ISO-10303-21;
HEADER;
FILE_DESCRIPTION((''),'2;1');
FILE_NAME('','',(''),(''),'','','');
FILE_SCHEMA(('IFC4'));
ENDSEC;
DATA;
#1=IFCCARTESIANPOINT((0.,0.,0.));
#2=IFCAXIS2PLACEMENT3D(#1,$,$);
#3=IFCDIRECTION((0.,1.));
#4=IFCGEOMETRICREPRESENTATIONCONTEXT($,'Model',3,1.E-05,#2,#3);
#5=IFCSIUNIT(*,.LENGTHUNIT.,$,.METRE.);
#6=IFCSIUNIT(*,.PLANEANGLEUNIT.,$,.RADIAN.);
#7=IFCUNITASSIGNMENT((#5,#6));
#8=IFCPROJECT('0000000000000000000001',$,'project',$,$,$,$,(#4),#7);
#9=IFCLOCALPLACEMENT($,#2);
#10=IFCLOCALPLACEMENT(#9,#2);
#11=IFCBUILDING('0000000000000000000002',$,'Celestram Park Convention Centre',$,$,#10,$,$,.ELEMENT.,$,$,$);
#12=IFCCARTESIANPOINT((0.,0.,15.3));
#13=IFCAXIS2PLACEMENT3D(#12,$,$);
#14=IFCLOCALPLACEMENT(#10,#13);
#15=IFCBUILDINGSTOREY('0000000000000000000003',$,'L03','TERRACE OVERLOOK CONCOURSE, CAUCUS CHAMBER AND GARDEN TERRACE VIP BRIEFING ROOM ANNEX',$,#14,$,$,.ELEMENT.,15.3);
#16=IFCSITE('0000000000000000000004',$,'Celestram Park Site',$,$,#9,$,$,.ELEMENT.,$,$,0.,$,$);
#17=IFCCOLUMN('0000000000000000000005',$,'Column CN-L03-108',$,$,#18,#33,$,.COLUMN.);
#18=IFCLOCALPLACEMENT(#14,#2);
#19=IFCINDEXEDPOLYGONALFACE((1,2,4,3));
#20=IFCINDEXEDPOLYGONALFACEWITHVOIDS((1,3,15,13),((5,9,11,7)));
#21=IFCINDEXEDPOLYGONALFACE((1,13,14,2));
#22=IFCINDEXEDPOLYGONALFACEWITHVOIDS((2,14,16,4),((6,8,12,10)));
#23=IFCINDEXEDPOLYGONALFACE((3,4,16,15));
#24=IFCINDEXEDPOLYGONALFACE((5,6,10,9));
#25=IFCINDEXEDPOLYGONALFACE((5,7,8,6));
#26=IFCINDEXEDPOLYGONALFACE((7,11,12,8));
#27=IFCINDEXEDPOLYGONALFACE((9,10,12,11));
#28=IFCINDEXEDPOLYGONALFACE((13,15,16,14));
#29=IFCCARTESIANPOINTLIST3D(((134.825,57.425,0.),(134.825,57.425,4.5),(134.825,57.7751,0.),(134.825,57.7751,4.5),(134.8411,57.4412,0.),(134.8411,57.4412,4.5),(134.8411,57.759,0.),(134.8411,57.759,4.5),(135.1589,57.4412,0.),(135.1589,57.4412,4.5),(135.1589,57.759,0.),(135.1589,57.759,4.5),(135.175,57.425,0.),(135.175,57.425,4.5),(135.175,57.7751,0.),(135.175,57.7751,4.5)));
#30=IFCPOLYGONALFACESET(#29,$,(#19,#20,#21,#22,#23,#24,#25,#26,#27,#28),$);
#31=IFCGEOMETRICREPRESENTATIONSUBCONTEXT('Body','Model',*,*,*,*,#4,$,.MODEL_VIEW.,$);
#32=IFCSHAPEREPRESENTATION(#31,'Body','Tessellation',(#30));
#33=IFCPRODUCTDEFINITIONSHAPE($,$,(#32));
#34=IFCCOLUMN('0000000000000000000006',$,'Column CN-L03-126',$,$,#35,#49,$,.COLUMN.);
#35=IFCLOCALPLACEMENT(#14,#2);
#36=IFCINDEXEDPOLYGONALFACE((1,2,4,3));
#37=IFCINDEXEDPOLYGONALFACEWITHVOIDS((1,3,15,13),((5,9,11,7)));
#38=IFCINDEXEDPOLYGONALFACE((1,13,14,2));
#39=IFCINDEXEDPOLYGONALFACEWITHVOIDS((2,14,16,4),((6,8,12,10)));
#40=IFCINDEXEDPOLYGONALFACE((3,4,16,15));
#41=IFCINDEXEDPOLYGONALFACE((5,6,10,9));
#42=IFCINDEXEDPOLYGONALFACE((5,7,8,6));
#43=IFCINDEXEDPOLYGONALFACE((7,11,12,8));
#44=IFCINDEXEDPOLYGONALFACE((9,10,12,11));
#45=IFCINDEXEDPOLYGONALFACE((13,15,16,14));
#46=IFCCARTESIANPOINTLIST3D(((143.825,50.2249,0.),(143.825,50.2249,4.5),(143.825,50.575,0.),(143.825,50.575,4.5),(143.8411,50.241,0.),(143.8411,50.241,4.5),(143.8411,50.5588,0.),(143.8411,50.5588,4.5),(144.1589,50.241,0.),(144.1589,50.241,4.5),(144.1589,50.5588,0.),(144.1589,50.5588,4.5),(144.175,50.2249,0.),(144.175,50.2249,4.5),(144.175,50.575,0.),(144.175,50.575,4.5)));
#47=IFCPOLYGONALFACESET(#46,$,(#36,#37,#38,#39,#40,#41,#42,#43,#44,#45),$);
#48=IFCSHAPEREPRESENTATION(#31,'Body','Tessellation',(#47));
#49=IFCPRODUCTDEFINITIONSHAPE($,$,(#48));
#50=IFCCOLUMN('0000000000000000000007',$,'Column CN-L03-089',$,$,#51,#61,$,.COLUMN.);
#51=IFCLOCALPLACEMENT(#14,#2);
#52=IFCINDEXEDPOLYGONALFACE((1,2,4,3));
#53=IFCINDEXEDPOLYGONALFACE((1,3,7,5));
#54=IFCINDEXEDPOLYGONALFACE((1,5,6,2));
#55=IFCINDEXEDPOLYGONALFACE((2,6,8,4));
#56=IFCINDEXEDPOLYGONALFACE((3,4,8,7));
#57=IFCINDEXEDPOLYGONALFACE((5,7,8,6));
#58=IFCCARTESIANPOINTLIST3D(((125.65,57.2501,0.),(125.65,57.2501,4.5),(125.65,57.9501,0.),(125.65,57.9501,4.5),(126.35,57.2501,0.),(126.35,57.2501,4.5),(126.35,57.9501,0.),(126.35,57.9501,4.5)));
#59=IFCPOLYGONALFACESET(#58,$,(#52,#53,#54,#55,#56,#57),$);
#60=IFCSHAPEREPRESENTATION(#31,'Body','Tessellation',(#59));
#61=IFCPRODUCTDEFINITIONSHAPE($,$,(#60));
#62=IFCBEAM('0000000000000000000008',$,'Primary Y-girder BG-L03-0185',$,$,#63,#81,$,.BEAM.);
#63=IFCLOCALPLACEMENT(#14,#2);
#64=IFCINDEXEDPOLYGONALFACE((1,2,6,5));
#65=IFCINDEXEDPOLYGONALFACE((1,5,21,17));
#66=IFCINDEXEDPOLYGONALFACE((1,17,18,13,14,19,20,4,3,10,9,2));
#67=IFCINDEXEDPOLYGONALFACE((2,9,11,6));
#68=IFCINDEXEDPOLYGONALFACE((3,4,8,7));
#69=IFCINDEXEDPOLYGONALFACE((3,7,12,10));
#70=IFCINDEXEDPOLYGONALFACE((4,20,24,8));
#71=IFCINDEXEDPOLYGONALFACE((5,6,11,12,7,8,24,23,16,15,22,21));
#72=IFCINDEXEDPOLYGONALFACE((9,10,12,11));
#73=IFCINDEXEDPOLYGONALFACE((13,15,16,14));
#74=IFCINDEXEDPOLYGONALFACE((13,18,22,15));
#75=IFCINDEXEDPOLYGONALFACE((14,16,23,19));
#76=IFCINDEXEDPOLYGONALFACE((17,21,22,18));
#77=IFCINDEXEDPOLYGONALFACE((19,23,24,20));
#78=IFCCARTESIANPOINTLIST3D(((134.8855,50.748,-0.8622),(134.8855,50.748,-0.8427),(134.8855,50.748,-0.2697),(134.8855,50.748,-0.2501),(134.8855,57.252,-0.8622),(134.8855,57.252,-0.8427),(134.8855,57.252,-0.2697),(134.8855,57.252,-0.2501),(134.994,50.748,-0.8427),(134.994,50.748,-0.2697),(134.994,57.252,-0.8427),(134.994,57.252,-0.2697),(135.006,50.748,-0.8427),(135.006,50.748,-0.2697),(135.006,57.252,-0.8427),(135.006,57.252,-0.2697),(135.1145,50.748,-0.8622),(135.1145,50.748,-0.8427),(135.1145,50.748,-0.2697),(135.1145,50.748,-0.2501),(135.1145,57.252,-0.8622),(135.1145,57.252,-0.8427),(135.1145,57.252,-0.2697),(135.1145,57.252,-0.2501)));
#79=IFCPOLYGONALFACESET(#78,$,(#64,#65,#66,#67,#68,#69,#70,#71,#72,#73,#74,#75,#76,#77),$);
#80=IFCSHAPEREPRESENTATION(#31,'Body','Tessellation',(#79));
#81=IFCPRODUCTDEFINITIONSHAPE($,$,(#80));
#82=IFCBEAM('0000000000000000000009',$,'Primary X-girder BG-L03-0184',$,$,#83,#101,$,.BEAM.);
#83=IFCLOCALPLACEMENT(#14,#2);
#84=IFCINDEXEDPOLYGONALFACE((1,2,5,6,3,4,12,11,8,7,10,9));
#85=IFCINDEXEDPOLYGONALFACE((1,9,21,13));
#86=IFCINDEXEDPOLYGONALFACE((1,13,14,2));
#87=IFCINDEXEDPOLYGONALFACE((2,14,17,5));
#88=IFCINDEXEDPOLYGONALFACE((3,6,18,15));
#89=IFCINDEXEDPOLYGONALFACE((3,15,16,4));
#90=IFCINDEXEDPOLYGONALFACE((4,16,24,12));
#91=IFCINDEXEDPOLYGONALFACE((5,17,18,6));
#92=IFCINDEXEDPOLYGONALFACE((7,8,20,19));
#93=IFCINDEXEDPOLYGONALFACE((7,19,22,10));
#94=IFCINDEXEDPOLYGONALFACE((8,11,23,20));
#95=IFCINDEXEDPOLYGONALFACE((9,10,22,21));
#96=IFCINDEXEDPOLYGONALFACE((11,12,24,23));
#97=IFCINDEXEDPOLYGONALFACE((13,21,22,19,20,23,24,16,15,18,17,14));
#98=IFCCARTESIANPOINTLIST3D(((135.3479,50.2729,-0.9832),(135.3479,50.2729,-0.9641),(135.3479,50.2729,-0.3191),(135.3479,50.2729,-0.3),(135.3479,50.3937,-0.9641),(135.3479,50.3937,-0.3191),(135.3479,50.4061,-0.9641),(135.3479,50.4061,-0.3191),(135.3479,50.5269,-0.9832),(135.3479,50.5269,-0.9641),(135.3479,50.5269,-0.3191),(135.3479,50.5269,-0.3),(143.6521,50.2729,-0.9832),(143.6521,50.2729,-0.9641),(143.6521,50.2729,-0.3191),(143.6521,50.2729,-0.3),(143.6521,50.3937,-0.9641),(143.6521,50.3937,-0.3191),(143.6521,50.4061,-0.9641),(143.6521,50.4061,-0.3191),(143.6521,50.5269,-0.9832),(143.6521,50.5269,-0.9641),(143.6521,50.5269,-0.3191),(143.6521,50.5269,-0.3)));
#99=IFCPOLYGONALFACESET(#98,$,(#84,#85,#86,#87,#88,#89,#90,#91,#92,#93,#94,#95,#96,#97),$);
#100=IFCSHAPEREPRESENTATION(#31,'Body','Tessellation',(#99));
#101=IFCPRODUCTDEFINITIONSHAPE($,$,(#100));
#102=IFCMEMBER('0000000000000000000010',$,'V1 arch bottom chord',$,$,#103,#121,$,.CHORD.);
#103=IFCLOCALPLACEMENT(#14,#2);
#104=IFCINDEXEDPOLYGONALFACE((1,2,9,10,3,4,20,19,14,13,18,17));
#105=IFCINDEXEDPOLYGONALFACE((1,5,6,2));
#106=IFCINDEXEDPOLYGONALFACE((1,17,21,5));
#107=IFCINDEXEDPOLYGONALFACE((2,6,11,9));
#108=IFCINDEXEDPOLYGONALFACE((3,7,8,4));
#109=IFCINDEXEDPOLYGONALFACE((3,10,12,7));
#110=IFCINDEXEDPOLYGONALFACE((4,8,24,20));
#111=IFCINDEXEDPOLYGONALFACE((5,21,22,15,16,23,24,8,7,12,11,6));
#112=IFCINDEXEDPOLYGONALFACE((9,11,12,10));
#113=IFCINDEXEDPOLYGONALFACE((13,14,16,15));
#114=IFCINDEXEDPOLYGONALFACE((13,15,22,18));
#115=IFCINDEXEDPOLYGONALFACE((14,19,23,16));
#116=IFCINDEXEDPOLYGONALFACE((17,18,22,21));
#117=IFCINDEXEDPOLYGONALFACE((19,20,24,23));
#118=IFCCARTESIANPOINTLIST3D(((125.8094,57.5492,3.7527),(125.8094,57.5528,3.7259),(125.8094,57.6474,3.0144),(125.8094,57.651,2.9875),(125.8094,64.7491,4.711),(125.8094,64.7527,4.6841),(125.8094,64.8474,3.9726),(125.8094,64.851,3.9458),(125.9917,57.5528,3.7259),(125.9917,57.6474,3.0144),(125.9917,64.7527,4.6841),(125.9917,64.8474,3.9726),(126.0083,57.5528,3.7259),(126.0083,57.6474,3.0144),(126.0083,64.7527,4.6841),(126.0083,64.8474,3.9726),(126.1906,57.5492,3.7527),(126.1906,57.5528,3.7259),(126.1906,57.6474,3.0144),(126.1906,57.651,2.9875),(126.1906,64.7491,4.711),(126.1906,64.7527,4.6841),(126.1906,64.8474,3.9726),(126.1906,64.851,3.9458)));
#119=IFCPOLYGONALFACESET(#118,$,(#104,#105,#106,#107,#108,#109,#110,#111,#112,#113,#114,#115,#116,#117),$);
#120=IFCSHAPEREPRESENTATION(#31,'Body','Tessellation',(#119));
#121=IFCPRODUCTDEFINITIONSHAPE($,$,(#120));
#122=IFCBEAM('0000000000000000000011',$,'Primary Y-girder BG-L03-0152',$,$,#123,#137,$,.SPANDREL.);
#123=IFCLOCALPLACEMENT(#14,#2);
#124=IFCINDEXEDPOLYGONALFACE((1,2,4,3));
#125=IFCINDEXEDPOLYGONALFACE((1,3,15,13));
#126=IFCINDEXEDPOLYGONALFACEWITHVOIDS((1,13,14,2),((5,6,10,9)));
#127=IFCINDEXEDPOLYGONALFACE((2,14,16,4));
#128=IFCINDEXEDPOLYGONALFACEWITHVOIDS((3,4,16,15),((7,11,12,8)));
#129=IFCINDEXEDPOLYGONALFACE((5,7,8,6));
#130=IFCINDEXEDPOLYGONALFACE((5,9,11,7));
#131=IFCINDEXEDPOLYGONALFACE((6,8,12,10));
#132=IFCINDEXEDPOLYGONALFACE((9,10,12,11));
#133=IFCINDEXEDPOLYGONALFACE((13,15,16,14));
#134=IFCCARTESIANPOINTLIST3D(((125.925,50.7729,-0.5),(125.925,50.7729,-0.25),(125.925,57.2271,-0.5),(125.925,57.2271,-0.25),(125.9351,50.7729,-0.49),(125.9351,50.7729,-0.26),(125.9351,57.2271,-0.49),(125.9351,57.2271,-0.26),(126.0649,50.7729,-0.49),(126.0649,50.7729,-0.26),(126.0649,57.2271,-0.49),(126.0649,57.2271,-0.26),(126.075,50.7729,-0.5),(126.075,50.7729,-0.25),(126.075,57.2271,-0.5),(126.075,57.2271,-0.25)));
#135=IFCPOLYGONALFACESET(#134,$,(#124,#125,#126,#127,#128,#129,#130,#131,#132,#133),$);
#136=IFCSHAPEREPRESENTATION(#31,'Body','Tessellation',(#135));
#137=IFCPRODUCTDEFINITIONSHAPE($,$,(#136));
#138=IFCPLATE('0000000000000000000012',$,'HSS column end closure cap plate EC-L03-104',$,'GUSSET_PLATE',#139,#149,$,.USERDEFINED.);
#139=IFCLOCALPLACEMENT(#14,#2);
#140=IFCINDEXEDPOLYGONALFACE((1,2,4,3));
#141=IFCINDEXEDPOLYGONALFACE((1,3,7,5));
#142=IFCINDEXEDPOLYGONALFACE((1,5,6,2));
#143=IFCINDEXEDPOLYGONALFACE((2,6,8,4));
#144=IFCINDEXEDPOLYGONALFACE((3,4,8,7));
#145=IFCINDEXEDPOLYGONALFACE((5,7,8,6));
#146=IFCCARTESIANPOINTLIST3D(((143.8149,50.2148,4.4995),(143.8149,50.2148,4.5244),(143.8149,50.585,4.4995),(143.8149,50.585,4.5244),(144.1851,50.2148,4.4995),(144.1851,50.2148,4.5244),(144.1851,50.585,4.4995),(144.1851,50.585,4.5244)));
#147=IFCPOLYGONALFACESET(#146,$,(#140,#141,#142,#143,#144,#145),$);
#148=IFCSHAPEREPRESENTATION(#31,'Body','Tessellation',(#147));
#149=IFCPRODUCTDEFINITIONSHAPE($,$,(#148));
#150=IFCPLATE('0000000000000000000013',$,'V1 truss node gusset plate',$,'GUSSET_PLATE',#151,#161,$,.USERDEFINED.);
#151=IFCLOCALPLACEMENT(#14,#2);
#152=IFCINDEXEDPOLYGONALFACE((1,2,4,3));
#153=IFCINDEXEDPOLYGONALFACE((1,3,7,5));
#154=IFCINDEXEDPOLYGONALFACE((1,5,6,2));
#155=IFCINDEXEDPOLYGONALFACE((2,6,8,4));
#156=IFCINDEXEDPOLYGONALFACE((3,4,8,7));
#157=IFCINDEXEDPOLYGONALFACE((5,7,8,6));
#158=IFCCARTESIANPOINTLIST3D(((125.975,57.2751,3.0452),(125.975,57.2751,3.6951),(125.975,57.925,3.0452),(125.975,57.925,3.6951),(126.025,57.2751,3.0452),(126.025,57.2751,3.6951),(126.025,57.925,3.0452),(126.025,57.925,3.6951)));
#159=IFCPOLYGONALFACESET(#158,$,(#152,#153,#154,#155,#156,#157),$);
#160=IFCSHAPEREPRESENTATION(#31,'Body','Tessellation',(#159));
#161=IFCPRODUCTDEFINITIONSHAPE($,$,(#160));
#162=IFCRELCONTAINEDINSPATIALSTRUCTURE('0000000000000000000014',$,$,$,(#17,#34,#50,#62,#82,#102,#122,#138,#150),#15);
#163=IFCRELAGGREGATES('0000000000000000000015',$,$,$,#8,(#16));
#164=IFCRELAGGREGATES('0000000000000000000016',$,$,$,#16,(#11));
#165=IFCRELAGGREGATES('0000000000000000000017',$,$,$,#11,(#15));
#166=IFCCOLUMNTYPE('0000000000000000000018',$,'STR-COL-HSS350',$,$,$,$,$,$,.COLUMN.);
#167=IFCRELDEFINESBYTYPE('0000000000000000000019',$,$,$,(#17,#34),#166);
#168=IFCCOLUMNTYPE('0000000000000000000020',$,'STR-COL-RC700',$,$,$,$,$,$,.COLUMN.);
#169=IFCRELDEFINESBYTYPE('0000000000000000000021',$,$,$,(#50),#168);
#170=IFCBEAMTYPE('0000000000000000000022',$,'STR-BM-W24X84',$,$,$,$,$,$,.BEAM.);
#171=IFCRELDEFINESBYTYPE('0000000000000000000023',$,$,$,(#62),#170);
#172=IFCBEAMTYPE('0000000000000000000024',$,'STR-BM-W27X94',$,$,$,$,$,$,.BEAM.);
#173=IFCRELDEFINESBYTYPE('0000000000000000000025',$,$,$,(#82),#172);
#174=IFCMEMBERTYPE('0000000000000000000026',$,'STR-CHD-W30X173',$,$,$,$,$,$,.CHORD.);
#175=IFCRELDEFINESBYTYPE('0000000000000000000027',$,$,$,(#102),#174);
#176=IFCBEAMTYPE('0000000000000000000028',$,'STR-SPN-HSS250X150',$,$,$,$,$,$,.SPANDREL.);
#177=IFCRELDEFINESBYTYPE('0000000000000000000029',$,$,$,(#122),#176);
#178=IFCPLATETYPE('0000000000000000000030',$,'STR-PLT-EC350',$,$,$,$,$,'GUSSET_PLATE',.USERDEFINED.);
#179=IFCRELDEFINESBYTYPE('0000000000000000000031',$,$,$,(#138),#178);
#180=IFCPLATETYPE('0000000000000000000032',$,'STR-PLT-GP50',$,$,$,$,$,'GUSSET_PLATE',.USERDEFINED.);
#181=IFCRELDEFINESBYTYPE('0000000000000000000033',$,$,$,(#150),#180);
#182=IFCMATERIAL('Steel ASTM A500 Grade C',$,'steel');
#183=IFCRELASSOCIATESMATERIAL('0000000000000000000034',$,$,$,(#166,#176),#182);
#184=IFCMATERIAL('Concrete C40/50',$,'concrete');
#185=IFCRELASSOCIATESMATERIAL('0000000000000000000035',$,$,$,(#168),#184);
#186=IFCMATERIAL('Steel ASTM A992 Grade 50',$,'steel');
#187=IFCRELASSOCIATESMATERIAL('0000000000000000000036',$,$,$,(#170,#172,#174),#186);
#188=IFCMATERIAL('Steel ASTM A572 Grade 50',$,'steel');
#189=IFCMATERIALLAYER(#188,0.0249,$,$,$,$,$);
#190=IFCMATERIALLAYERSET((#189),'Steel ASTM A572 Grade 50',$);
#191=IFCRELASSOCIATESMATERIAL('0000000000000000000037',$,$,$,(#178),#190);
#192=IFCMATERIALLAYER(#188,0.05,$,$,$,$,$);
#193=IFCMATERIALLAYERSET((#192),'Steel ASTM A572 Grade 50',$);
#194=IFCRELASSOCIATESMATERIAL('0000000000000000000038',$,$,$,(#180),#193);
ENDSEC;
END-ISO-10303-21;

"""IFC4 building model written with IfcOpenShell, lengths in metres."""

from ifc_helpers import new_model, si_unit, direction, frame, origin, origin_2d, place, context, subcontext, project, spatial, rectangle, hollow_rectangle, i_section, extrude, material, layer, layer_set, material_profile, profile_set, type_object, element, save


model = new_model("IFC4")

# Units and contexts
model_context = context("Model", 3, precision=1e-05, world=origin(), true_north=direction((0.0, 1.0)))
body_context = subcontext(model_context, "Body", "Model", "MODEL_VIEW")
ifc_project = project(units=[si_unit("LENGTHUNIT", "METRE"), si_unit("PLANEANGLEUNIT", "RADIAN")], contexts=[model_context])

# Site, building, storey
site_placement = place(None, origin())
site = spatial("IfcSite", under=ifc_project, at=site_placement, Name="Celestram Park Site", CompositionType="ELEMENT", RefElevation=0.0)
building_placement = place(site_placement, origin())
building = spatial("IfcBuilding", under=site, at=building_placement, Name="Celestram Park Convention Centre", CompositionType="ELEMENT")
storey_placement = place(building_placement, frame((0.0, 0.0, 15.3)))
storey = spatial("IfcBuildingStorey", under=building, at=storey_placement, Name="L03", Description="TERRACE OVERLOOK CONCOURSE, CAUCUS CHAMBER AND GARDEN TERRACE VIP BRIEFING ROOM ANNEX", CompositionType="ELEMENT", Elevation=15.3)

# Columns
ifc_material_1 = material(Name="Steel ASTM A500 Grade C", Category="steel")
ifc_material_profile_1 = material_profile(ifc_material_1, hollow_rectangle(XDim=0.3501, YDim=0.3501, WallThickness=0.0161, at=origin_2d()), Name="HSS350X350X16")
ifc_profile_set_1 = profile_set([ifc_material_profile_1], Name="Steel ASTM A500 Grade C")
column_type_1 = type_object("IfcColumnType", Name="STR-COL-HSS350", PredefinedType="COLUMN", material=ifc_profile_set_1)
for number, where, z_axis, x_axis, name in (
    (1, (135.0, 57.6001, 0.0), (0.0, 0.0, 1.0), (1.0, 0.0, 0.0), "Column CN-L03-108"),
    (2, (144.0, 50.3999, 0.0), (0.0, 0.0, 1.0), (1.0, 0.0, 0.0), "Column CN-L03-126"),
):
    element("IfcColumn", number, at=place(storey_placement, frame(where, z_axis=z_axis, x_axis=x_axis)), inside=storey, type_object=column_type_1, Name=name, PredefinedType="COLUMN", context=body_context, shape_type="SweptSolid", body=[
        extrude(hollow_rectangle(XDim=0.3501, YDim=0.3501, WallThickness=0.0161, at=origin_2d()), origin(), (0.0, 0.0, 1.0), 4.5),
    ])
ifc_material_2 = material(Name="Concrete C40/50", Category="concrete")
ifc_material_profile_2 = material_profile(ifc_material_2, rectangle(XDim=0.7, YDim=0.7, at=origin_2d()), Name="RC700X700")
ifc_profile_set_2 = profile_set([ifc_material_profile_2], Name="Concrete C40/50")
column_type_2 = type_object("IfcColumnType", Name="STR-COL-RC700", PredefinedType="COLUMN", material=ifc_profile_set_2)
column_placement = place(storey_placement, frame((126.0, 57.6001, 0.0), z_axis=(0.0, 0.0, 1.0), x_axis=(1.0, 0.0, 0.0)))
element("IfcColumn", 3, at=column_placement, inside=storey, type_object=column_type_2, Name="Column CN-L03-089", PredefinedType="COLUMN", context=body_context, shape_type="SweptSolid", body=[
    extrude(rectangle(XDim=0.7, YDim=0.7, at=origin_2d()), origin(), (0.0, 0.0, 1.0), 4.5),
])

# Beams
ifc_material_3 = material(Name="Steel ASTM A992 Grade 50", Category="steel")
ifc_material_profile_3 = material_profile(ifc_material_3, i_section(OverallWidth=0.229, OverallDepth=0.6121, WebThickness=0.012, FlangeThickness=0.0195, at=origin_2d()), Name="W24X84")
ifc_profile_set_3 = profile_set([ifc_material_profile_3], Name="Steel ASTM A992 Grade 50")
beam_type_1 = type_object("IfcBeamType", Name="STR-BM-W24X84", PredefinedType="BEAM", material=ifc_profile_set_3)
beam_1_placement = place(storey_placement, frame((135.0, 50.748, -0.5562), z_axis=(0.0, 1.0, 0.0), x_axis=(-1.0, 0.0, 0.0)))
element("IfcBeam", 4, at=beam_1_placement, inside=storey, type_object=beam_type_1, Name="Primary Y-girder BG-L03-0185", PredefinedType="BEAM", context=body_context, shape_type="SweptSolid", body=[
    extrude(i_section(OverallWidth=0.229, OverallDepth=0.6121, WebThickness=0.012, FlangeThickness=0.0195, at=origin_2d()), origin(), (0.0, 0.0, 1.0), 6.5039),
])
ifc_material_profile_4 = material_profile(ifc_material_3, i_section(OverallWidth=0.2539, OverallDepth=0.6831, WebThickness=0.0125, FlangeThickness=0.019, at=origin_2d()), Name="W27X94")
ifc_profile_set_4 = profile_set([ifc_material_profile_4], Name="Steel ASTM A992 Grade 50")
beam_type_2 = type_object("IfcBeamType", Name="STR-BM-W27X94", PredefinedType="BEAM", material=ifc_profile_set_4)
beam_2_placement = place(storey_placement, frame((135.3479, 50.3999, -0.6416), z_axis=(1.0, 0.0, 0.0), x_axis=(0.0, 1.0, 0.0)))
element("IfcBeam", 5, at=beam_2_placement, inside=storey, type_object=beam_type_2, Name="Primary X-girder BG-L03-0184", PredefinedType="BEAM", context=body_context, shape_type="SweptSolid", body=[
    extrude(i_section(OverallWidth=0.2539, OverallDepth=0.6831, WebThickness=0.0125, FlangeThickness=0.019, at=origin_2d()), origin(), (0.0, 0.0, 1.0), 8.3042),
])

# Member
ifc_material_profile_5 = material_profile(ifc_material_3, i_section(OverallWidth=0.3811, OverallDepth=0.772, WebThickness=0.0166, FlangeThickness=0.0271, at=origin_2d()), Name="W30X173")
ifc_profile_set_5 = profile_set([ifc_material_profile_5], Name="Steel ASTM A992 Grade 50")
member_type = type_object("IfcMemberType", Name="STR-CHD-W30X173", PredefinedType="CHORD", material=ifc_profile_set_5)
member_placement = place(storey_placement, frame((126.0, 57.6001, 3.3701), z_axis=(0.0, 0.991259, 0.131928), x_axis=(-1.0, 0.0, 0.0)))
element("IfcMember", 6, at=member_placement, inside=storey, type_object=member_type, Name="V1 arch bottom chord", PredefinedType="CHORD", context=body_context, shape_type="SweptSolid", body=[
    extrude(i_section(OverallWidth=0.3811, OverallDepth=0.772, WebThickness=0.0166, FlangeThickness=0.0271, at=origin_2d()), origin(), (0.0, 0.0, 1.0), 7.2634),
])

# Beam
ifc_material_profile_6 = material_profile(ifc_material_1, hollow_rectangle(XDim=0.1499, YDim=0.25, WallThickness=0.01, at=origin_2d()), Name="HSS250X150X10")
ifc_profile_set_6 = profile_set([ifc_material_profile_6], Name="Steel ASTM A500 Grade C")
beam_type_3 = type_object("IfcBeamType", Name="STR-SPN-HSS250X150", PredefinedType="SPANDREL", material=ifc_profile_set_6)
beam_3_placement = place(storey_placement, frame((126.0, 50.7729, -0.375), z_axis=(0.0, 1.0, 0.0), x_axis=(-1.0, 0.0, 0.0)))
element("IfcBeam", 7, at=beam_3_placement, inside=storey, type_object=beam_type_3, Name="Primary Y-girder BG-L03-0152", PredefinedType="SPANDREL", context=body_context, shape_type="SweptSolid", body=[
    extrude(hollow_rectangle(XDim=0.1499, YDim=0.25, WallThickness=0.01, at=origin_2d()), origin(), (0.0, 0.0, 1.0), 6.4541),
])

# Plates
ifc_material_4 = material(Name="Steel ASTM A572 Grade 50", Category="steel")
ifc_layer_1 = layer(ifc_material_4, 0.0249)
ifc_layer_set_1 = layer_set([ifc_layer_1], Name="Steel ASTM A572 Grade 50")
plate_type_1 = type_object("IfcPlateType", Name="STR-PLT-EC350", ElementType="GUSSET_PLATE", PredefinedType="USERDEFINED", material=ifc_layer_set_1)
plate_1_placement = place(storey_placement, frame((144.0, 50.3999, 4.4995), z_axis=(0.0, 0.0, 1.0), x_axis=(1.0, 0.0, 0.0)))
element("IfcPlate", 8, at=plate_1_placement, inside=storey, type_object=plate_type_1, Name="HSS column end closure cap plate EC-L03-104", ObjectType="GUSSET_PLATE", PredefinedType="USERDEFINED", context=body_context, shape_type="SweptSolid", body=[
    extrude(rectangle(XDim=0.3701, YDim=0.3701, at=origin_2d()), origin(), (0.0, 0.0, 1.0), 0.0249),
])
ifc_layer_2 = layer(ifc_material_4, 0.05)
ifc_layer_set_2 = layer_set([ifc_layer_2], Name="Steel ASTM A572 Grade 50")
plate_type_2 = type_object("IfcPlateType", Name="STR-PLT-GP50", ElementType="GUSSET_PLATE", PredefinedType="USERDEFINED", material=ifc_layer_set_2)
plate_2_placement = place(storey_placement, frame((126.0, 57.6001, 3.0452), z_axis=(0.0, 0.0, 1.0), x_axis=(0.0, 1.0, 0.0)))
element("IfcPlate", 9, at=plate_2_placement, inside=storey, type_object=plate_type_2, Name="V1 truss node gusset plate", ObjectType="GUSSET_PLATE", PredefinedType="USERDEFINED", context=body_context, shape_type="SweptSolid", body=[
    extrude(rectangle(XDim=0.6499, YDim=0.05, at=origin_2d()), origin(), (0.0, 0.0, 1.0), 0.6499),
])

save(model, "model.ifc")
